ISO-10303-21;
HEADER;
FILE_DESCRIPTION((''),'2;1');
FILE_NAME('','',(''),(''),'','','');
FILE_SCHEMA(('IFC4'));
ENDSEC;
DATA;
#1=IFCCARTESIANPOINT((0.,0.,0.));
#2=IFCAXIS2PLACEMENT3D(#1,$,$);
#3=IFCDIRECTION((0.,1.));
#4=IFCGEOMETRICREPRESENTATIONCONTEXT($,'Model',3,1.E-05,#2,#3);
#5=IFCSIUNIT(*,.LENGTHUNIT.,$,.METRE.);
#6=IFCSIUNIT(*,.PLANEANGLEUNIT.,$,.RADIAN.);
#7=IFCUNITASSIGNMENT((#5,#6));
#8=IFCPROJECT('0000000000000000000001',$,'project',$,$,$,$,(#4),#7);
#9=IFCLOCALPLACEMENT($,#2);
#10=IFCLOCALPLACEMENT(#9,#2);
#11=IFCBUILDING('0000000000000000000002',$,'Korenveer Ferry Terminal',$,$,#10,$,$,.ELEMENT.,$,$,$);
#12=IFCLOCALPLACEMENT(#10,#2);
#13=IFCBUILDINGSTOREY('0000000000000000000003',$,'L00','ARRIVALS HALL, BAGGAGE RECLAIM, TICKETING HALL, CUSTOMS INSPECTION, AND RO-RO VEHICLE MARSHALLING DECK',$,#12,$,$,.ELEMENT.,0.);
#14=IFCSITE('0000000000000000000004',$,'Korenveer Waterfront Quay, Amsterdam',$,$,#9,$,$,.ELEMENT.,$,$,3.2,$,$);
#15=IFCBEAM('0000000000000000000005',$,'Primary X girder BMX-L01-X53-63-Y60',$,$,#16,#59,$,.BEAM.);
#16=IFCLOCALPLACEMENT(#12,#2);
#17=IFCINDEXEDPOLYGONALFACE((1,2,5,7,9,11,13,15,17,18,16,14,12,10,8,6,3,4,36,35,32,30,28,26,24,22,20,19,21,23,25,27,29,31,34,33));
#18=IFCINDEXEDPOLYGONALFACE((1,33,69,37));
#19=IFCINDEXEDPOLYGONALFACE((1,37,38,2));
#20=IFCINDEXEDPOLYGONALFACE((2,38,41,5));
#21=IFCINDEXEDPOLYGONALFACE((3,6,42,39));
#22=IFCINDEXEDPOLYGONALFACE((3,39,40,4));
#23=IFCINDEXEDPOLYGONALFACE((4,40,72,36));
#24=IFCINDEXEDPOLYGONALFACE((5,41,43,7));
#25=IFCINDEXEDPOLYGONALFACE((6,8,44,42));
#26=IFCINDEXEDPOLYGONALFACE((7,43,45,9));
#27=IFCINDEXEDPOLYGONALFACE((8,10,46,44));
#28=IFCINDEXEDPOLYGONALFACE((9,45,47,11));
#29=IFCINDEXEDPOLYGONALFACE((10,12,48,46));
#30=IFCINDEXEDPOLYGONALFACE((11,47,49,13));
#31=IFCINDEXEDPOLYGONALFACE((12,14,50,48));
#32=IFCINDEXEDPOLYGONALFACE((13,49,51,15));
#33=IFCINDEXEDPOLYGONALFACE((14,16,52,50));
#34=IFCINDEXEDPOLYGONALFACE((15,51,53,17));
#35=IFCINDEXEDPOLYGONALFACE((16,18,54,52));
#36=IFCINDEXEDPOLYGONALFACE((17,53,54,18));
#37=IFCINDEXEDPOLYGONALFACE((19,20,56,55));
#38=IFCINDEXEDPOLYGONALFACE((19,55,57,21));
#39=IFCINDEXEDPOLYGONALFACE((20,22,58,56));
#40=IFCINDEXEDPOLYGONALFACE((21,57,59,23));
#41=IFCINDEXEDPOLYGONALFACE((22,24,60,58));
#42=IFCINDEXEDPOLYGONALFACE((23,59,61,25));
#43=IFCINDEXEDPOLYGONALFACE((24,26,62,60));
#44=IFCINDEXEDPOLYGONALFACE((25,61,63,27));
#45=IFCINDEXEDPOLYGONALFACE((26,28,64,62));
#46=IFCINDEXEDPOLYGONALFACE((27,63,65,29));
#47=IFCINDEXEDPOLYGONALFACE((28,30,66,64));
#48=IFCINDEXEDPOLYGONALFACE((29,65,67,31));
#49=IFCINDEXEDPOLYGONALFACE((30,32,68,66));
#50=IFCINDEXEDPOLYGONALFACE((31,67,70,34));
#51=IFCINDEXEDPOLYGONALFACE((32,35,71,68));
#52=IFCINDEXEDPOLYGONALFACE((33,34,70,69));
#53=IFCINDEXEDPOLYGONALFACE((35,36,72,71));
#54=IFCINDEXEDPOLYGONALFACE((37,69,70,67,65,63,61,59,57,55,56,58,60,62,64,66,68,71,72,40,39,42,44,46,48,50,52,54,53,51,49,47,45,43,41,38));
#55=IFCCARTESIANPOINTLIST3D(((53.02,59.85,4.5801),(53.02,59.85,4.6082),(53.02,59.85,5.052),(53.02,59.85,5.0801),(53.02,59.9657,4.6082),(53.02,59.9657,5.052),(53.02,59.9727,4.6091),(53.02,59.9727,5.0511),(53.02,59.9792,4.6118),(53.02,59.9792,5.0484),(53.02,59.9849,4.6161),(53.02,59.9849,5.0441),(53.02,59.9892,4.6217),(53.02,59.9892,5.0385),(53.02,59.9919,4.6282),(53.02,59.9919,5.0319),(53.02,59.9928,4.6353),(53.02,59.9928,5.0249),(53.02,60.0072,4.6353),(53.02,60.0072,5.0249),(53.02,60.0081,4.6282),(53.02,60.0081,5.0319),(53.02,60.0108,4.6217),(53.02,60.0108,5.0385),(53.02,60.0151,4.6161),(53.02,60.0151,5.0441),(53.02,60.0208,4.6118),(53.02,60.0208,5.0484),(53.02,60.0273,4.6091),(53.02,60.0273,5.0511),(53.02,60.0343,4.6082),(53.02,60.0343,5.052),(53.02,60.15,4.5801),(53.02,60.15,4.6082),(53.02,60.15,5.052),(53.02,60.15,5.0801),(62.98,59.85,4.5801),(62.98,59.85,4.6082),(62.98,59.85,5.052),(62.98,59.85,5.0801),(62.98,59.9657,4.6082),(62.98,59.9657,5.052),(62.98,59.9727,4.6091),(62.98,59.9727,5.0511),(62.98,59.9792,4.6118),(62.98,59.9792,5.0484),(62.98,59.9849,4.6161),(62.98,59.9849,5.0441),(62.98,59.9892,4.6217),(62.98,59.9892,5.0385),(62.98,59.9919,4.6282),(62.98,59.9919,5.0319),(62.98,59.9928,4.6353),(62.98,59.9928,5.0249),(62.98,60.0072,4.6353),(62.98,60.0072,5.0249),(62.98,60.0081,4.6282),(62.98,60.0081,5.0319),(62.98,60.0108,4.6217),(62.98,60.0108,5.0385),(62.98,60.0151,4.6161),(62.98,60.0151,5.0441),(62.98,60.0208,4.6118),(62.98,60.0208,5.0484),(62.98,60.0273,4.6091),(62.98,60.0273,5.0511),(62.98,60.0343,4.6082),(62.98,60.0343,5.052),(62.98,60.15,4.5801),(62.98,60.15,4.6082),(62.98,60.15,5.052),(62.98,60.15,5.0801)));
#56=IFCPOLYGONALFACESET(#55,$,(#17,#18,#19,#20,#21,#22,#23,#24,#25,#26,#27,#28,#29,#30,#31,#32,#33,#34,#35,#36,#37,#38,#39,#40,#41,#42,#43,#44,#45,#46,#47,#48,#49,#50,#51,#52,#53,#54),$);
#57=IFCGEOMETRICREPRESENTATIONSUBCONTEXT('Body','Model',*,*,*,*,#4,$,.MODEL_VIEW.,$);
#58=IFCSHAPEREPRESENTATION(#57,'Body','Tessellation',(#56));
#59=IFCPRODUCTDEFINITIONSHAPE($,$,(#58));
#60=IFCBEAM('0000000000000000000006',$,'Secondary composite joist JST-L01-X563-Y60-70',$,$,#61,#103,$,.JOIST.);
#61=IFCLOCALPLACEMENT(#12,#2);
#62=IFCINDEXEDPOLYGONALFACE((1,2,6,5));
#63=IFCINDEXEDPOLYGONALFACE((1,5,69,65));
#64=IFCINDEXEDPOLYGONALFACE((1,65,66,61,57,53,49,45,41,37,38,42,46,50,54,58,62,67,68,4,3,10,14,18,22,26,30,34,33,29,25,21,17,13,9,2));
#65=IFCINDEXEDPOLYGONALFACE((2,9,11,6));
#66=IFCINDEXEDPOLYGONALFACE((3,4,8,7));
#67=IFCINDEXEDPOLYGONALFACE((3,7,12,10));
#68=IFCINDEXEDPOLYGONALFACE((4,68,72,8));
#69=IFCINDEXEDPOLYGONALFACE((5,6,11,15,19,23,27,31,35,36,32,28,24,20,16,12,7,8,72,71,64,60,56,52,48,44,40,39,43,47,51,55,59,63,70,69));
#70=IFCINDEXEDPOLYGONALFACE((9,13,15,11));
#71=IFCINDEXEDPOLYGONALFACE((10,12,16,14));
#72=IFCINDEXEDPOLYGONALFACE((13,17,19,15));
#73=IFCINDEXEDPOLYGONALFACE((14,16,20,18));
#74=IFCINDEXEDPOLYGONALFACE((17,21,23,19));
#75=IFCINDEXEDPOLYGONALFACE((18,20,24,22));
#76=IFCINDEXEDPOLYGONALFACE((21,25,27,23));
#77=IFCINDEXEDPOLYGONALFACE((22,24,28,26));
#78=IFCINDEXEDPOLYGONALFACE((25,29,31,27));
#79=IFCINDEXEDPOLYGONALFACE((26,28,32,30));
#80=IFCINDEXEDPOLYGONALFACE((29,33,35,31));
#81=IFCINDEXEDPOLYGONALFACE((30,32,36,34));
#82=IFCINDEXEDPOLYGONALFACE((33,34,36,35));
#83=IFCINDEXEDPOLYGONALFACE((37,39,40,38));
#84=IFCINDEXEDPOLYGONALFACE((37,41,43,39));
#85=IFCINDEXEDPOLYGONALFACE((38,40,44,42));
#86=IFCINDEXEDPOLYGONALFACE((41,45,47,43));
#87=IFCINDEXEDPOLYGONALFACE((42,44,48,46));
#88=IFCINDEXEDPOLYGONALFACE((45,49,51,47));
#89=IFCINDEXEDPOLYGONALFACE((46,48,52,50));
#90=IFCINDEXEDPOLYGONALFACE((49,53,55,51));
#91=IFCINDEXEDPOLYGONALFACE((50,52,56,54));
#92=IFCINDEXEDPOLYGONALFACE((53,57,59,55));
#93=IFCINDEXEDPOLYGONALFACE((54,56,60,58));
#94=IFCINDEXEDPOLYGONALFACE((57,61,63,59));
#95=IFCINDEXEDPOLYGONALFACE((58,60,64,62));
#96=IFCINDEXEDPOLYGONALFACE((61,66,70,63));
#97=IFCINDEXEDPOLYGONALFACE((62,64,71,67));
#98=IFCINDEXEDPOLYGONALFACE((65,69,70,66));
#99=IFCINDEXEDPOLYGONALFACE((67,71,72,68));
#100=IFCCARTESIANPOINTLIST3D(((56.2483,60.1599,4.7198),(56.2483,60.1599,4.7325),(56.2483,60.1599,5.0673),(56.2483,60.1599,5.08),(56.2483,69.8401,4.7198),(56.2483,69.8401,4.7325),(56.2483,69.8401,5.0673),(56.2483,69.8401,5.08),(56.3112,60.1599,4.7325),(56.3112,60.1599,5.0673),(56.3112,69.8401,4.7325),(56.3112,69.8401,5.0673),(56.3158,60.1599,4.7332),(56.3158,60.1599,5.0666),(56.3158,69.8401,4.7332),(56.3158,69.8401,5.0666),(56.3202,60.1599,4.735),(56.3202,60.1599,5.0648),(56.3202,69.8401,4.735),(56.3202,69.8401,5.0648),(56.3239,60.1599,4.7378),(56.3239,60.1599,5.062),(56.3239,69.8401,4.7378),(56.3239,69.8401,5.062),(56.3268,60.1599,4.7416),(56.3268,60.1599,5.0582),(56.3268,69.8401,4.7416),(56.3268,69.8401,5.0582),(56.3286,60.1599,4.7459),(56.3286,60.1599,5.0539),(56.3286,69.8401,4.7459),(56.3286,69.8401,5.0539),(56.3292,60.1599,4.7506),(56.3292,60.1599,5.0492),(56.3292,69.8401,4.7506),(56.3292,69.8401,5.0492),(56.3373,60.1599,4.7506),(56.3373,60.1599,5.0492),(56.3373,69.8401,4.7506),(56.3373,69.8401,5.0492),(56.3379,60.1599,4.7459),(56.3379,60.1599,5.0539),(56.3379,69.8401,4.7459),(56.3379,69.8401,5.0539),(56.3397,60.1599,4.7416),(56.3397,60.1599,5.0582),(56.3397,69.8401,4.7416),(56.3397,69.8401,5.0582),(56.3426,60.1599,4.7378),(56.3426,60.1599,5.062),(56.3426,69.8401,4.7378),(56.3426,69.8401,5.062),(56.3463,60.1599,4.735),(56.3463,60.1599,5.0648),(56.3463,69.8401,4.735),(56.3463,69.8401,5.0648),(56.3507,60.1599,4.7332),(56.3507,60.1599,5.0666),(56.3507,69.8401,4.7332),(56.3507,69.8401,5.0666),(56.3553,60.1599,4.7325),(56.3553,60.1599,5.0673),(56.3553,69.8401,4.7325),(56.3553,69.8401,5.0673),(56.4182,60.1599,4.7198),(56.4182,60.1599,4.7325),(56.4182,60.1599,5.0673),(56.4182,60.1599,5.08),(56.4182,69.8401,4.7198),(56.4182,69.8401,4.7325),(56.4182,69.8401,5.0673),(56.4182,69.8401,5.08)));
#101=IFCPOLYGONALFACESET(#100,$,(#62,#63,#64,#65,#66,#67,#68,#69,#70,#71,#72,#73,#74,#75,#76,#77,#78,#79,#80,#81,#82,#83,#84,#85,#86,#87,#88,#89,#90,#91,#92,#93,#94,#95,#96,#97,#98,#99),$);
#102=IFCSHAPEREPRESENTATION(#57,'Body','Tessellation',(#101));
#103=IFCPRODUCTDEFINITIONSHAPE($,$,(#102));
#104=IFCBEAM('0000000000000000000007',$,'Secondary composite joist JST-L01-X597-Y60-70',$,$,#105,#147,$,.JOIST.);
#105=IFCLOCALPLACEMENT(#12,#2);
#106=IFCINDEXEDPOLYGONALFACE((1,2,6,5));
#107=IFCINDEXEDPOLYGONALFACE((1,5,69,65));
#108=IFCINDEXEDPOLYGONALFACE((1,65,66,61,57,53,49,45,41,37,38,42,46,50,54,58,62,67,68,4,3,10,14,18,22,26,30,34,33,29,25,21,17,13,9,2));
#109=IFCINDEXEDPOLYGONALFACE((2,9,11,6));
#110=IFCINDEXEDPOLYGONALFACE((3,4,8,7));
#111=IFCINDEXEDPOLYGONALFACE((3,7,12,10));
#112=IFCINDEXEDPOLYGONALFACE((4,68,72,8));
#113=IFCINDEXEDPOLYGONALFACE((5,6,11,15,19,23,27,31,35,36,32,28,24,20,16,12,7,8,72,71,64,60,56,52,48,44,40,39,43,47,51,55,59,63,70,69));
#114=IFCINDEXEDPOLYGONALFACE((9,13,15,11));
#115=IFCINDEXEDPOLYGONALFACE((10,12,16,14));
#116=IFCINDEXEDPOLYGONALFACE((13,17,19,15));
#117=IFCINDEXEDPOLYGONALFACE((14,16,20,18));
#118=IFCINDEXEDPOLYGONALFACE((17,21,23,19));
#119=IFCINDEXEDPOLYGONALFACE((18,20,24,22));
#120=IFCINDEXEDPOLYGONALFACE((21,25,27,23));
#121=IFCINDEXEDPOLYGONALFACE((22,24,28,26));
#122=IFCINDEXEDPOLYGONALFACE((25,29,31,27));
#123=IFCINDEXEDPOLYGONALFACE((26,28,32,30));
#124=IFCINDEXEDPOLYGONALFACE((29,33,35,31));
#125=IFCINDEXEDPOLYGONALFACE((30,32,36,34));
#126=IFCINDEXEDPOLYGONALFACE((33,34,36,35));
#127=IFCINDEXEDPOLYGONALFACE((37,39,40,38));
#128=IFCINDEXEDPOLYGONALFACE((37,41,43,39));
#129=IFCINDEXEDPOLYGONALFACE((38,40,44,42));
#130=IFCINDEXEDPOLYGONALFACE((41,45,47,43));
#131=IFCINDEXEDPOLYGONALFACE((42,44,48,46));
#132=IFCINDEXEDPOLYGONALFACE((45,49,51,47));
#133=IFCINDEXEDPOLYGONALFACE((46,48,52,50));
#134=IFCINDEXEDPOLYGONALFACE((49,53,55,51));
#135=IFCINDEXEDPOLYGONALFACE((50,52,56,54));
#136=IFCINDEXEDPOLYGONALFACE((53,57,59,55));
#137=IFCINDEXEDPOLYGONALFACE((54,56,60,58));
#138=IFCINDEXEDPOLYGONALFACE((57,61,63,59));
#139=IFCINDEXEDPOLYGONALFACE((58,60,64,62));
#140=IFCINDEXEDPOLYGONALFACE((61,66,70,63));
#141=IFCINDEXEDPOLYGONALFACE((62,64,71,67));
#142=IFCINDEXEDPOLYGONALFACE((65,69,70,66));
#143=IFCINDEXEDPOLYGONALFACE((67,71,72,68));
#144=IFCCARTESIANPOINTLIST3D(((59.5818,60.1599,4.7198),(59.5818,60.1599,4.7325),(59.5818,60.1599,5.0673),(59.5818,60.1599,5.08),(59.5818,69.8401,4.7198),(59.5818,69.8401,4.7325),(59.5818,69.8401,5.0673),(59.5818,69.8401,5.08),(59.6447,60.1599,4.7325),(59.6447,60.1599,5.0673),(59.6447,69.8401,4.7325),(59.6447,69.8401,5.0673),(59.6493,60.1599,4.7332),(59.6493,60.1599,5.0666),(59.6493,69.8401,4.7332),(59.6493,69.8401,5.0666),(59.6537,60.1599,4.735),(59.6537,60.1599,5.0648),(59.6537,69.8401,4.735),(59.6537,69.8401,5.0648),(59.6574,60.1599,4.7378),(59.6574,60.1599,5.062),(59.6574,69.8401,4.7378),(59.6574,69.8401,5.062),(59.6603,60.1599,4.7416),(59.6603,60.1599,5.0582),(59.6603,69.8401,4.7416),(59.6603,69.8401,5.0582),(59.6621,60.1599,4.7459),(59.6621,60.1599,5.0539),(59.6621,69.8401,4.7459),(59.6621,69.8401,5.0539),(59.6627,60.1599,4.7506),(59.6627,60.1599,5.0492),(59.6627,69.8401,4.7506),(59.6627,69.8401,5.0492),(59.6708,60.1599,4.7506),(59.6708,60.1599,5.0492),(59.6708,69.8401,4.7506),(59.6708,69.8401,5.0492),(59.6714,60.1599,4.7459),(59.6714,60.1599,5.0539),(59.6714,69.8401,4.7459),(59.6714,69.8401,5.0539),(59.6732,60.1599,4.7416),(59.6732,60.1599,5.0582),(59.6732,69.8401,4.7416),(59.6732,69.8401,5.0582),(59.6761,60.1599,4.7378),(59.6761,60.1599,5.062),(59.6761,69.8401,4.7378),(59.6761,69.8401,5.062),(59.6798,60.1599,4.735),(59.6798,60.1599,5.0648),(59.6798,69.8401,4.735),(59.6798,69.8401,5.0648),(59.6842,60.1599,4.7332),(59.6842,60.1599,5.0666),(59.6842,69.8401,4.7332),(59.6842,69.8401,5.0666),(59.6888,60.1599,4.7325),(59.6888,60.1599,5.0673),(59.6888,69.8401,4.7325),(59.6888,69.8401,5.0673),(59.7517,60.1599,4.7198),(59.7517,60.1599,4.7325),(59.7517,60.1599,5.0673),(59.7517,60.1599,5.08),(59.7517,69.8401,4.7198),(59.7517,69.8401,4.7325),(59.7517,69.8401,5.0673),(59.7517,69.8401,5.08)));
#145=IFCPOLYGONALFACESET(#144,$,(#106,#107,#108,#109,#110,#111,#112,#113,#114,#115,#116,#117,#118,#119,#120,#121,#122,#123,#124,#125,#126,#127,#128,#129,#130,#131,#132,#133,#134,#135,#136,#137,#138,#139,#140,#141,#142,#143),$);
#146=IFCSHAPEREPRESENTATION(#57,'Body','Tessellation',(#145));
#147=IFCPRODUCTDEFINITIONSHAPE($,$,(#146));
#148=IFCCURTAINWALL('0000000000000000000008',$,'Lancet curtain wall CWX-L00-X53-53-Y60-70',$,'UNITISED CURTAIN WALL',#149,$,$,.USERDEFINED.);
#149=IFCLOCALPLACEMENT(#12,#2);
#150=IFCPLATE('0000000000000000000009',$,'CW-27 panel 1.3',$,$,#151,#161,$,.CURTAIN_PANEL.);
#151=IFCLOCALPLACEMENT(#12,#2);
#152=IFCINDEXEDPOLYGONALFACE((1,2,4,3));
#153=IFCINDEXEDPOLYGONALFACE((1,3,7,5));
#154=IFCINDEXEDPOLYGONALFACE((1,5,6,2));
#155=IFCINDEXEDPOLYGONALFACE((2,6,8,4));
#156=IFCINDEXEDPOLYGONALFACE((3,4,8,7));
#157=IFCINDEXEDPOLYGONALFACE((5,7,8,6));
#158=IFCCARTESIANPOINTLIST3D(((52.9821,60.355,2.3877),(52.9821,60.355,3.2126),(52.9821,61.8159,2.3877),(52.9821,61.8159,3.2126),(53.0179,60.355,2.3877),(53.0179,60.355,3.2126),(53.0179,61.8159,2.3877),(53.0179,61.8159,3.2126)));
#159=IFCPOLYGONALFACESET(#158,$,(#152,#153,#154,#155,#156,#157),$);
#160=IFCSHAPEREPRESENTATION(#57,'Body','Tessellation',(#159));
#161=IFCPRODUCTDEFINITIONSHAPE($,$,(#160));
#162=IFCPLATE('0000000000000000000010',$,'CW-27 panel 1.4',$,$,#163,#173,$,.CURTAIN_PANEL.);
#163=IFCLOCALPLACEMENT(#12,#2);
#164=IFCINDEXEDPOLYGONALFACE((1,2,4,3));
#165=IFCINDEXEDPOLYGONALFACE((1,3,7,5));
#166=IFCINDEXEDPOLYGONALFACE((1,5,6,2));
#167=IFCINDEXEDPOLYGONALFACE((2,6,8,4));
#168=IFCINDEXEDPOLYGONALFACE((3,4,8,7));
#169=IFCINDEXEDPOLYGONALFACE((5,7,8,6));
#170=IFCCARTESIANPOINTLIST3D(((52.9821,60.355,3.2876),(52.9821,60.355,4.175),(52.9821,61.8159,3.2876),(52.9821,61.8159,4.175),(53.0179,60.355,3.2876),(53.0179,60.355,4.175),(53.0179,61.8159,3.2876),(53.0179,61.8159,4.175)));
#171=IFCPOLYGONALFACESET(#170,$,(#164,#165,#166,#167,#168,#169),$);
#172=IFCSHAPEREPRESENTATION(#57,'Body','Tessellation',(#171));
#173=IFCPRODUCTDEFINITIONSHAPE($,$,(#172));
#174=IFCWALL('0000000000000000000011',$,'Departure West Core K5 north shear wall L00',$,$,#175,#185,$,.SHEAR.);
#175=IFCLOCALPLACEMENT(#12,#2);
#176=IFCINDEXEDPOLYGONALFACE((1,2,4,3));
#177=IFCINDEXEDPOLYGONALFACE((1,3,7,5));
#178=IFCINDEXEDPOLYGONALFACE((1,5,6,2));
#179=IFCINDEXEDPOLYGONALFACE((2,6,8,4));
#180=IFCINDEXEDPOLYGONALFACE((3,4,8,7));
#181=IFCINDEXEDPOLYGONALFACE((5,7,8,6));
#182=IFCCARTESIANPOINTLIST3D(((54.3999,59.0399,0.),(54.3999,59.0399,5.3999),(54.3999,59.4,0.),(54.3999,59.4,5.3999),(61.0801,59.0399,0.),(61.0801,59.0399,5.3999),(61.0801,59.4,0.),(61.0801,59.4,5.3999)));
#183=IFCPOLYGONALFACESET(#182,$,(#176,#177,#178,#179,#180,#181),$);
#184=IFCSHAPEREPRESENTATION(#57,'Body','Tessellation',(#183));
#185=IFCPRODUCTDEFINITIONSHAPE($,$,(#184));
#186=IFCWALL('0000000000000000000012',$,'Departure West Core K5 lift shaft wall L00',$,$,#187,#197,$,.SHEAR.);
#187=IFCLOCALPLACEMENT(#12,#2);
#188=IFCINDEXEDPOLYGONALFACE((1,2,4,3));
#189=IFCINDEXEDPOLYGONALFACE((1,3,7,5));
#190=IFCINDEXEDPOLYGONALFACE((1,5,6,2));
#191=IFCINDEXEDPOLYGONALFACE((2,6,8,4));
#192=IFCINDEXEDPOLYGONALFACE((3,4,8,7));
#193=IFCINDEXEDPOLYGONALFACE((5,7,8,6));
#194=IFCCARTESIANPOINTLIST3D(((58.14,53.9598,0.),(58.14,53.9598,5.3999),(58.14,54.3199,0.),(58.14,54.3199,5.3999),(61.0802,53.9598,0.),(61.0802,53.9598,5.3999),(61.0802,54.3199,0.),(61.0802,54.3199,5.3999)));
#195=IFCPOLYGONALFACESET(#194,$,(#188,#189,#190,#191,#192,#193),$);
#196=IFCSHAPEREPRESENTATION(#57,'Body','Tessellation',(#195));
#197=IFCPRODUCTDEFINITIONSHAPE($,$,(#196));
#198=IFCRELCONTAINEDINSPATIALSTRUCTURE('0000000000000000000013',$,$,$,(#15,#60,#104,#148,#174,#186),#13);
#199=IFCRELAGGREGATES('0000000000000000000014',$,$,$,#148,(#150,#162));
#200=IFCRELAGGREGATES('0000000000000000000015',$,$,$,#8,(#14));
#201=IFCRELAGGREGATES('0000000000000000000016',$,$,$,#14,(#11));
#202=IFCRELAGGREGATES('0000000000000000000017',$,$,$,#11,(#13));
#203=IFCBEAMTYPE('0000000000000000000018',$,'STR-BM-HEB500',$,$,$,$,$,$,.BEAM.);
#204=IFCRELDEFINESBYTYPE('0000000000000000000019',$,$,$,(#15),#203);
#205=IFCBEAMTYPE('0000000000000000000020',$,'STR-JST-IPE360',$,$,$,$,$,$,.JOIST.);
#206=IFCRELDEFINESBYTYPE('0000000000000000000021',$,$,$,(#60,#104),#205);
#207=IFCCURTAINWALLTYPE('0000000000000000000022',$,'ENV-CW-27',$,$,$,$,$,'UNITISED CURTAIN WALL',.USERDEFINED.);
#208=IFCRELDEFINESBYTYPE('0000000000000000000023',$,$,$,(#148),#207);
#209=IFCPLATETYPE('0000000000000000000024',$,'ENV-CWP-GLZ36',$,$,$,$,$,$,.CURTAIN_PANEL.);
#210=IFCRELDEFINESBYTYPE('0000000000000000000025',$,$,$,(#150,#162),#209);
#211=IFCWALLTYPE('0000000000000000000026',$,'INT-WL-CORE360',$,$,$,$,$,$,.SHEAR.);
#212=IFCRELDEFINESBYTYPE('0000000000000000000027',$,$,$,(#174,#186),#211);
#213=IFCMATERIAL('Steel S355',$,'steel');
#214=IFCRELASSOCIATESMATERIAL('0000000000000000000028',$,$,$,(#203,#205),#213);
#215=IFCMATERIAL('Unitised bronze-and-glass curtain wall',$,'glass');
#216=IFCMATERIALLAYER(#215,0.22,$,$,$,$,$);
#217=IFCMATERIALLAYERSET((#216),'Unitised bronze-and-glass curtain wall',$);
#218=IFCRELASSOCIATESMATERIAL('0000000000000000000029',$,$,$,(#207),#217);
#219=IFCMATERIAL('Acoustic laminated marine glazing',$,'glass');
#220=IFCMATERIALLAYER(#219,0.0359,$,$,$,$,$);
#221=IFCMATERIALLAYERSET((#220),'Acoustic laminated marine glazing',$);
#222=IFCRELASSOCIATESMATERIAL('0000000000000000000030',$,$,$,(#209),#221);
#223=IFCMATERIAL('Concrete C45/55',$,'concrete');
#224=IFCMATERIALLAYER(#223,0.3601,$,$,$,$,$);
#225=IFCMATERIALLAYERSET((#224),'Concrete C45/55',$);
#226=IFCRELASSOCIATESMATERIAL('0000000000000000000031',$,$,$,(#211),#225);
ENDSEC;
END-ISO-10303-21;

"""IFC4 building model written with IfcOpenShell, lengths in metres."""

from ifc_helpers import new_model, si_unit, direction, frame, frame_2d, origin, origin_2d, place, context, subcontext, project, spatial, rectangle, i_section, extrude, material, layer, layer_set, material_profile, profile_set, type_object, element, aggregate, save


model = new_model("IFC4")

# Units and contexts
model_context = context("Model", 3, precision=1e-05, world=origin(), true_north=direction((0.0, 1.0)))
body_context = subcontext(model_context, "Body", "Model", "MODEL_VIEW")
ifc_project = project(units=[si_unit("LENGTHUNIT", "METRE"), si_unit("PLANEANGLEUNIT", "RADIAN")], contexts=[model_context])

# Site, building, storey
site_placement = place(None, origin())
site = spatial("IfcSite", under=ifc_project, at=site_placement, Name="Korenveer Waterfront Quay, Amsterdam", CompositionType="ELEMENT", RefElevation=3.2)
building_placement = place(site_placement, origin())
building = spatial("IfcBuilding", under=site, at=building_placement, Name="Korenveer Ferry Terminal", CompositionType="ELEMENT")
storey_placement = place(building_placement, origin())
storey = spatial("IfcBuildingStorey", under=building, at=storey_placement, Name="L00", Description="ARRIVALS HALL, BAGGAGE RECLAIM, TICKETING HALL, CUSTOMS INSPECTION, AND RO-RO VEHICLE MARSHALLING DECK", CompositionType="ELEMENT", Elevation=0.0)

# Shared definitions
ifc_material_1 = material(Name="Concrete C45/55", Category="concrete")

# Beams
ifc_material_2 = material(Name="Steel S355", Category="steel")
ifc_material_profile_1 = material_profile(ifc_material_2, i_section(OverallWidth=0.3, OverallDepth=0.5, WebThickness=0.0144, FlangeThickness=0.0281, FilletRadius=0.0271, at=origin_2d()), Name="HEB 500")
ifc_profile_set_1 = profile_set([ifc_material_profile_1], Name="Steel S355")
beam_type_1 = type_object("IfcBeamType", Name="STR-BM-HEB500", PredefinedType="BEAM", material=ifc_profile_set_1)
beam_placement = place(storey_placement, frame((53.02, 60.0, 4.8301), z_axis=(1.0, 0.0, 0.0), x_axis=(0.0, 1.0, 0.0)))
element("IfcBeam", 1, at=beam_placement, inside=storey, type_object=beam_type_1, Name="Primary X girder BMX-L01-X53-63-Y60", PredefinedType="BEAM", context=body_context, shape_type="SweptSolid", body=[
    extrude(i_section(OverallWidth=0.3, OverallDepth=0.5, WebThickness=0.0144, FlangeThickness=0.0281, FilletRadius=0.0271, at=origin_2d()), origin(), (0.0, 0.0, 1.0), 9.96),
])
ifc_material_profile_2 = material_profile(ifc_material_2, i_section(OverallWidth=0.1699, OverallDepth=0.3601, WebThickness=0.0081, FlangeThickness=0.0127, FilletRadius=0.0181, at=origin_2d()), Name="IPE 360")
ifc_profile_set_2 = profile_set([ifc_material_profile_2], Name="Steel S355")
beam_type_2 = type_object("IfcBeamType", Name="STR-JST-IPE360", PredefinedType="JOIST", material=ifc_profile_set_2)
for number, where, z_axis, x_axis, name in (
    (2, (56.3333, 60.1599, 4.8999), (0.0, 1.0, 0.0), (-1.0, 0.0, 0.0), "Secondary composite joist JST-L01-X563-Y60-70"),
    (3, (59.6667, 60.1599, 4.8999), (0.0, 1.0, 0.0), (-1.0, 0.0, 0.0), "Secondary composite joist JST-L01-X597-Y60-70"),
):
    element("IfcBeam", number, at=place(storey_placement, frame(where, z_axis=z_axis, x_axis=x_axis)), inside=storey, type_object=beam_type_2, Name=name, PredefinedType="JOIST", context=body_context, shape_type="SweptSolid", body=[
        extrude(i_section(OverallWidth=0.1699, OverallDepth=0.3601, WebThickness=0.0081, FlangeThickness=0.0127, FilletRadius=0.0181, at=origin_2d()), origin(), (0.0, 0.0, 1.0), 9.6802),
    ])

# Curtain wall, plates
ifc_material_3 = material(Name="Unitised bronze-and-glass curtain wall", Category="glass")
ifc_layer_1 = layer(ifc_material_3, 0.22)
ifc_layer_set_1 = layer_set([ifc_layer_1], Name="Unitised bronze-and-glass curtain wall")
curtain_wall_type = type_object("IfcCurtainWallType", Name="ENV-CW-27", ElementType="UNITISED CURTAIN WALL", PredefinedType="USERDEFINED", material=ifc_layer_set_1)
curtain_wall_placement = place(storey_placement, frame((53.0, 60.28, 0.0)))
curtain_wall = element("IfcCurtainWall", 4, at=curtain_wall_placement, inside=storey, type_object=curtain_wall_type, Name="Lancet curtain wall CWX-L00-X53-53-Y60-70", ObjectType="UNITISED CURTAIN WALL", PredefinedType="USERDEFINED")
ifc_material_4 = material(Name="Acoustic laminated marine glazing", Category="glass")
ifc_layer_2 = layer(ifc_material_4, 0.0359)
ifc_layer_set_2 = layer_set([ifc_layer_2], Name="Acoustic laminated marine glazing")
plate_type = type_object("IfcPlateType", Name="ENV-CWP-GLZ36", PredefinedType="CURTAIN_PANEL", material=ifc_layer_set_2)
plate_1_placement = place(storey_placement, frame((53.0, 61.0854, 2.3877), z_axis=(0.0, 0.0, 1.0), x_axis=(0.0, 1.0, 0.0)))
plate_1 = element("IfcPlate", 5, at=plate_1_placement, type_object=plate_type, Name="CW-27 panel 1.3", PredefinedType="CURTAIN_PANEL", context=body_context, shape_type="SweptSolid", body=[
    extrude(rectangle(XDim=1.4609, YDim=0.0359, at=origin_2d()), origin(), (0.0, 0.0, 1.0), 0.825),
])
plate_2_placement = place(storey_placement, frame((53.0, 61.0854, 3.2876), z_axis=(0.0, 0.0, 1.0), x_axis=(0.0, 1.0, 0.0)))
plate_2 = element("IfcPlate", 6, at=plate_2_placement, type_object=plate_type, Name="CW-27 panel 1.4", PredefinedType="CURTAIN_PANEL", context=body_context, shape_type="SweptSolid", body=[
    extrude(rectangle(XDim=1.4609, YDim=0.0359, at=origin_2d()), origin(), (0.0, 0.0, 1.0), 0.8875),
])
aggregate(curtain_wall, [plate_1, plate_2])

# Walls
ifc_layer_3 = layer(ifc_material_1, 0.3601)
ifc_layer_set_3 = layer_set([ifc_layer_3], Name="Concrete C45/55")
wall_type = type_object("IfcWallType", Name="INT-WL-CORE360", PredefinedType="SHEAR", material=ifc_layer_set_3)
wall_1_placement = place(storey_placement, frame((54.3999, 59.22, 0.0), z_axis=(0.0, 0.0, 1.0), x_axis=(1.0, 0.0, 0.0)))
element("IfcWall", 7, at=wall_1_placement, inside=storey, type_object=wall_type, Name="Departure West Core K5 north shear wall L00", PredefinedType="SHEAR", context=body_context, shape_type="SweptSolid", body=[
    extrude(rectangle(XDim=6.6802, YDim=0.3601, at=frame_2d((3.3401, 0.0))), origin(), (0.0, 0.0, 1.0), 5.3999),
])
wall_2_placement = place(storey_placement, frame((58.1399, 54.1399, 0.0), z_axis=(0.0, 0.0, 1.0), x_axis=(1.0, 0.0, 0.0)))
element("IfcWall", 8, at=wall_2_placement, inside=storey, type_object=wall_type, Name="Departure West Core K5 lift shaft wall L00", PredefinedType="SHEAR", context=body_context, shape_type="SweptSolid", body=[
    extrude(rectangle(XDim=2.9402, YDim=0.3601, at=frame_2d((1.4702, 0.0))), origin(), (0.0, 0.0, 1.0), 5.3999),
])

save(model, "model.ifc")
